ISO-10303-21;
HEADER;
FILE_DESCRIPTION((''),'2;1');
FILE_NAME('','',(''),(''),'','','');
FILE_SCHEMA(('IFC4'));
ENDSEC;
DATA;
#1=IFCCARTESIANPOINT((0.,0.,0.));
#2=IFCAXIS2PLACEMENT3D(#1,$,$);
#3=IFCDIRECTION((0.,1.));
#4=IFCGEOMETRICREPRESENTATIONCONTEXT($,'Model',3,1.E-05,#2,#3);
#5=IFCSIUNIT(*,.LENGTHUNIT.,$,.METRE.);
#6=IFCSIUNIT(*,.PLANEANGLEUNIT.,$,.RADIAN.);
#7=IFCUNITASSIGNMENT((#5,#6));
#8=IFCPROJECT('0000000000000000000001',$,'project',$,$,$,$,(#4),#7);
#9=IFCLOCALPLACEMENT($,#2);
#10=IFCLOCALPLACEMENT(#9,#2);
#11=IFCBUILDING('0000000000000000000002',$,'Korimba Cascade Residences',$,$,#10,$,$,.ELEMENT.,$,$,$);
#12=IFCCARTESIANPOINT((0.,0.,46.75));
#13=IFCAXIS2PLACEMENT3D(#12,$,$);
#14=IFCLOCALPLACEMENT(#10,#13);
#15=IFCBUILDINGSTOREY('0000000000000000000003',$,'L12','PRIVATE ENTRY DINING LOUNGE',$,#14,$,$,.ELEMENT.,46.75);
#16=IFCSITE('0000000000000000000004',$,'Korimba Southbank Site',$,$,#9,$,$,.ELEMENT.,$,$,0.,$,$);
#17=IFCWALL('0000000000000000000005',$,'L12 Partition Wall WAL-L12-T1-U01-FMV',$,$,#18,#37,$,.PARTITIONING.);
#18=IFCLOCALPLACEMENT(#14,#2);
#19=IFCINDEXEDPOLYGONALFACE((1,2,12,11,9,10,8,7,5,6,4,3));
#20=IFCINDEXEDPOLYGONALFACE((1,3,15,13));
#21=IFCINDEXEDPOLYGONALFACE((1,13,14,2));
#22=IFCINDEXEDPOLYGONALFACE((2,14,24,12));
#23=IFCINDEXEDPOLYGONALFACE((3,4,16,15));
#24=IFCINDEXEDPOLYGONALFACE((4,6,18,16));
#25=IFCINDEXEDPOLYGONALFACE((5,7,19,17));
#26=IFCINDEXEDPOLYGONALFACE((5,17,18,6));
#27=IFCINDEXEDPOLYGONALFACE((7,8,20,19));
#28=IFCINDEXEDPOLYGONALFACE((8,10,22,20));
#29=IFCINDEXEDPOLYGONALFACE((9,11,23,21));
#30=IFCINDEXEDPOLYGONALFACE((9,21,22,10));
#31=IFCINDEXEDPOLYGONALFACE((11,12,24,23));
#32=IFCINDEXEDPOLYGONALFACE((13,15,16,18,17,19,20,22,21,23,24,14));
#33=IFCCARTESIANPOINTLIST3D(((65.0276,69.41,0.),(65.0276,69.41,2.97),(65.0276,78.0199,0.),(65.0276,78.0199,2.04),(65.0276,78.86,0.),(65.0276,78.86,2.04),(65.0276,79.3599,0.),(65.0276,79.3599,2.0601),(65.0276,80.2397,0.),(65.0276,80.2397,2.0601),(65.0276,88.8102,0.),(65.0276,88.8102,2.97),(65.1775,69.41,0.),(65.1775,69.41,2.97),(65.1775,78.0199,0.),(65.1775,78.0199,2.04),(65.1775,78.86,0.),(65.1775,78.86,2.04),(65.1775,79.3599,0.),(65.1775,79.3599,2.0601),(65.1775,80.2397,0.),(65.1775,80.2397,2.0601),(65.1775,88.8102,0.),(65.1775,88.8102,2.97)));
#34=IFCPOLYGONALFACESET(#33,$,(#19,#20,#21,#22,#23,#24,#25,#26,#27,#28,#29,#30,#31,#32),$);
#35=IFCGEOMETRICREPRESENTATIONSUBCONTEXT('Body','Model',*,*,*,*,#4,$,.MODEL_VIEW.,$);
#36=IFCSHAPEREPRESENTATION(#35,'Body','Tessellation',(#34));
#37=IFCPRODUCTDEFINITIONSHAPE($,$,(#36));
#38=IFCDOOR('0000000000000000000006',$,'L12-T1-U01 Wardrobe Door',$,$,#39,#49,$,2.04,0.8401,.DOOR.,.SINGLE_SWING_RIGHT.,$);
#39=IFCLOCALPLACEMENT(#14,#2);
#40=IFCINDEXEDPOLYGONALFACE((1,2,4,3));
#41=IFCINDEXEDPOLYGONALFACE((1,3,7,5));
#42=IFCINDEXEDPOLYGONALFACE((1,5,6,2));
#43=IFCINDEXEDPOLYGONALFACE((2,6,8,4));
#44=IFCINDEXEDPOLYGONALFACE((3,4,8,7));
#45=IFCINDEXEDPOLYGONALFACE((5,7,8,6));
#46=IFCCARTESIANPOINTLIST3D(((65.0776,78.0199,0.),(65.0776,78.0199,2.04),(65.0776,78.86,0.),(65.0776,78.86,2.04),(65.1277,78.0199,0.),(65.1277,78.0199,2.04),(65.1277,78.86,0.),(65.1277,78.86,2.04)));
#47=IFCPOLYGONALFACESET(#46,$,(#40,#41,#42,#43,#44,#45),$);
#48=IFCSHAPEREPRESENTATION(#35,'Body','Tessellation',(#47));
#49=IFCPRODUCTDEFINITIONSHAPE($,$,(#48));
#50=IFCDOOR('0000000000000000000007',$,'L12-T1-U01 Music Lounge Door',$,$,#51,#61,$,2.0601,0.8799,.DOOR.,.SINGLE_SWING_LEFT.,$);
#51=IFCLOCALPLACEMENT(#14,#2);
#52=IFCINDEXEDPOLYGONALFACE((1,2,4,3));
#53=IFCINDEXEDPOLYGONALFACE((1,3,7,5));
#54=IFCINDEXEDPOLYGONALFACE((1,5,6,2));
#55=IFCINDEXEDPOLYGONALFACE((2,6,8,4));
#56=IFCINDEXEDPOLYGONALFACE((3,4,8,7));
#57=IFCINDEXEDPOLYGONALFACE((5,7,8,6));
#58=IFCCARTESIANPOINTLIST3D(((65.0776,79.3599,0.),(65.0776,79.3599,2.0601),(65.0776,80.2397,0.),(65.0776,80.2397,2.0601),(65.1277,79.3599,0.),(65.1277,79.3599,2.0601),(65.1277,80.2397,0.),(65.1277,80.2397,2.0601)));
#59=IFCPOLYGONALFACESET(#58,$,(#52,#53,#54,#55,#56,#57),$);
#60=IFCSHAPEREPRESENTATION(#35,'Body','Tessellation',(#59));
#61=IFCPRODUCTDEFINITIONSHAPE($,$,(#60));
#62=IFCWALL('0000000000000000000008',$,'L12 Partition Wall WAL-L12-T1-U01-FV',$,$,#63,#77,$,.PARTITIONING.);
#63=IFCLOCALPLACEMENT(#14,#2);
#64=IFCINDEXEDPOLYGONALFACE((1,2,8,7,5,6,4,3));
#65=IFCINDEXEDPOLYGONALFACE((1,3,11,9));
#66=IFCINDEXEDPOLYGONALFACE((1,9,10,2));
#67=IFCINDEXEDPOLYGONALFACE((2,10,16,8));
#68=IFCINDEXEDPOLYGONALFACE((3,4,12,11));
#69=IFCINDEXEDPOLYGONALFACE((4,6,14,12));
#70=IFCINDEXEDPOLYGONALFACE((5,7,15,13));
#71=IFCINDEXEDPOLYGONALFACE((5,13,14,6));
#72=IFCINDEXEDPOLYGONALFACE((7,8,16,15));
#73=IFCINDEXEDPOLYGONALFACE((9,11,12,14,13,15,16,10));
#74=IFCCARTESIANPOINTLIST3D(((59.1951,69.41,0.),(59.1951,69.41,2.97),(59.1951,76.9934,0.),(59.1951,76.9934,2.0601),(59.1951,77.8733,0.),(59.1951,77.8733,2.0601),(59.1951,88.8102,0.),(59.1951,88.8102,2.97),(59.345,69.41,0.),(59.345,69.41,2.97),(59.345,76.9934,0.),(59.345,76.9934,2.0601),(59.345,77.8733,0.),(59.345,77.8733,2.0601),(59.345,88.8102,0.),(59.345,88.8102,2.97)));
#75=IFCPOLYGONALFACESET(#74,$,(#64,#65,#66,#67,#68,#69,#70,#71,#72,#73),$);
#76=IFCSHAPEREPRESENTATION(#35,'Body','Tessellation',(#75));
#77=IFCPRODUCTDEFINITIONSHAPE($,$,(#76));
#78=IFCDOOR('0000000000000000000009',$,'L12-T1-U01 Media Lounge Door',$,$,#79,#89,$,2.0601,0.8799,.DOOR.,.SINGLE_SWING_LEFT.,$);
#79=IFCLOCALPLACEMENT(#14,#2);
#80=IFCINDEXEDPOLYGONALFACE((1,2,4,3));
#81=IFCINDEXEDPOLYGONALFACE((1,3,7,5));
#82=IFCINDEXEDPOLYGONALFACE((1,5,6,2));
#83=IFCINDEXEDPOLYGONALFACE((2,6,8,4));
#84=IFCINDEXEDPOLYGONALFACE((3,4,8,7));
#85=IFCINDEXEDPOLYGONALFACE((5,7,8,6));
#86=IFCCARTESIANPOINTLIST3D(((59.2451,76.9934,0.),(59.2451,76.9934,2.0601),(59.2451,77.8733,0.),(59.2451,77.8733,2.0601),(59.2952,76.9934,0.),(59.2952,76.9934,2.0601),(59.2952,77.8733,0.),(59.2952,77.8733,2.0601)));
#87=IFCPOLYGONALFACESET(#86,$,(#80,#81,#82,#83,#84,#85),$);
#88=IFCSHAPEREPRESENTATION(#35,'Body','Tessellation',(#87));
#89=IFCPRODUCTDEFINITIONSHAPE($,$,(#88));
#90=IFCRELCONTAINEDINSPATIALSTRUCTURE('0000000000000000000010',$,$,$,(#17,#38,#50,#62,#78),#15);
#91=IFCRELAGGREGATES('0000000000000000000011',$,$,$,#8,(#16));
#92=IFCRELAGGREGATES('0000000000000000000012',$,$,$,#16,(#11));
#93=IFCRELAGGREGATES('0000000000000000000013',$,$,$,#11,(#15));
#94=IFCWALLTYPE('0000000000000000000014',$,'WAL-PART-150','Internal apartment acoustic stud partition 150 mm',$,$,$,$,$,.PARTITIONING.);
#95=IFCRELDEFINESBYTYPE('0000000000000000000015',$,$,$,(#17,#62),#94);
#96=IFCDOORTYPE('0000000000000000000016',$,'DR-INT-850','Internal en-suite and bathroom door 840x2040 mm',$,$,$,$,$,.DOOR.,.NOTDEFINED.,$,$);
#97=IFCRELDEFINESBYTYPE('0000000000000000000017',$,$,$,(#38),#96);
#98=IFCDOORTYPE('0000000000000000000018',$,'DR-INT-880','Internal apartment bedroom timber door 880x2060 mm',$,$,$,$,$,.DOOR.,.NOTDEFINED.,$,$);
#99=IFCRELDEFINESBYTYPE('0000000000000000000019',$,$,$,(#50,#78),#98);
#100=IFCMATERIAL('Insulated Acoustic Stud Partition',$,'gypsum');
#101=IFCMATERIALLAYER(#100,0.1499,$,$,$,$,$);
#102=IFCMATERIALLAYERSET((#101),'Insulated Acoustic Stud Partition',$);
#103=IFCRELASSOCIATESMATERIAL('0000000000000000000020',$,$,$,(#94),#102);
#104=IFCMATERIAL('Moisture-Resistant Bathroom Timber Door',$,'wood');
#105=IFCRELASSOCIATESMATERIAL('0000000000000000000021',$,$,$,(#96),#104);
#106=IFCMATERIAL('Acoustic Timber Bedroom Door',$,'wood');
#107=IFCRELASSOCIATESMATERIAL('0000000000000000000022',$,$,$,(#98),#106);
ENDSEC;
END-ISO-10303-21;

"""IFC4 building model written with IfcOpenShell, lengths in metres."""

from ifc_helpers import new_model, si_unit, direction, frame, frame_2d, origin, place, context, subcontext, project, spatial, rectangle, extrude, material, layer, layer_set, type_object, element, fill, save


model = new_model("IFC4")

# Units and contexts
model_context = context("Model", 3, precision=1e-05, world=origin(), true_north=direction((0.0, 1.0)))
body_context = subcontext(model_context, "Body", "Model", "MODEL_VIEW")
ifc_project = project(units=[si_unit("LENGTHUNIT", "METRE"), si_unit("PLANEANGLEUNIT", "RADIAN")], contexts=[model_context])

# Site, building, storey
site_placement = place(None, origin())
site = spatial("IfcSite", under=ifc_project, at=site_placement, Name="Korimba Southbank Site", CompositionType="ELEMENT", RefElevation=0.0)
building_placement = place(site_placement, origin())
building = spatial("IfcBuilding", under=site, at=building_placement, Name="Korimba Cascade Residences", CompositionType="ELEMENT")
storey_placement = place(building_placement, frame((0.0, 0.0, 46.75)))
storey = spatial("IfcBuildingStorey", under=building, at=storey_placement, Name="L12", Description="PRIVATE ENTRY DINING LOUNGE", CompositionType="ELEMENT", Elevation=46.75)

# Shared definitions
ifc_material_1 = material(Name="Insulated Acoustic Stud Partition", Category="gypsum")
ifc_layer_1 = layer(ifc_material_1, 0.1499)
ifc_layer_set_1 = layer_set([ifc_layer_1], Name="Insulated Acoustic Stud Partition")
wall_type_1 = type_object("IfcWallType", Name="WAL-PART-150", Description="Internal apartment acoustic stud partition 150 mm", PredefinedType="PARTITIONING", material=ifc_layer_set_1)
ifc_material_2 = material(Name="Moisture-Resistant Bathroom Timber Door", Category="wood")
door_type_1 = type_object("IfcDoorType", Name="DR-INT-850", Description="Internal en-suite and bathroom door 840x2040 mm", OperationType="NOTDEFINED", PredefinedType="DOOR", material=ifc_material_2)

# Wall, openings, doors
wall_1_placement = place(storey_placement, frame((65.1025, 69.4099, 0.0), z_axis=(0.0, 0.0, 1.0), x_axis=(0.0, 1.0, 0.0)))
wall_1 = element("IfcWall", 1, at=wall_1_placement, inside=storey, type_object=wall_type_1, Name="L12 Partition Wall WAL-L12-T1-U01-FMV", PredefinedType="PARTITIONING", context=body_context, shape_type="SweptSolid", body=[
    extrude(rectangle(XDim=19.4001, YDim=0.1499, at=frame_2d((9.7002, 0.0))), origin(), (0.0, 0.0, 1.0), 2.97),
])
opening_1_placement = place(wall_1_placement, frame((8.6101, 0.0, 0.0)))
opening_1 = element("IfcOpeningElement", 2, at=opening_1_placement, cuts=wall_1, PredefinedType="OPENING", context=body_context, shape_type="SweptSolid", body=[
    extrude(rectangle(XDim=0.8401, YDim=2.04, at=frame_2d((0.4199, 1.02))), frame((0.0, 0.085, 0.0), z_axis=(0.0, -1.0, 0.0), x_axis=(1.0, 0.0, 0.0)), (0.0, 0.0, 1.0), 0.1699),
])
opening_2_placement = place(wall_1_placement, frame((9.95, 0.0, 0.0)))
opening_2 = element("IfcOpeningElement", 3, at=opening_2_placement, cuts=wall_1, PredefinedType="OPENING", context=body_context, shape_type="SweptSolid", body=[
    extrude(rectangle(XDim=0.8799, YDim=2.0601, at=frame_2d((0.4399, 1.03))), frame((0.0, 0.085, 0.0), z_axis=(0.0, -1.0, 0.0), x_axis=(1.0, 0.0, 0.0)), (0.0, 0.0, 1.0), 0.1699),
])
door_1_placement = place(opening_1_placement, origin())
door_1 = element("IfcDoor", 4, at=door_1_placement, inside=storey, type_object=door_type_1, Name="L12-T1-U01 Wardrobe Door", OperationType="SINGLE_SWING_RIGHT", OverallHeight=2.04, OverallWidth=0.8401, PredefinedType="DOOR", context=body_context, shape_type="SweptSolid", body=[
    extrude(rectangle(XDim=0.8401, YDim=2.04, at=frame_2d((0.4199, 1.02))), frame((0.0, 0.0249, 0.0), z_axis=(0.0, -1.0, 0.0), x_axis=(1.0, 0.0, 0.0)), (0.0, 0.0, 1.0), 0.05),
])
fill(opening_1, door_1)
ifc_material_3 = material(Name="Acoustic Timber Bedroom Door", Category="wood")
door_type_2 = type_object("IfcDoorType", Name="DR-INT-880", Description="Internal apartment bedroom timber door 880x2060 mm", OperationType="NOTDEFINED", PredefinedType="DOOR", material=ifc_material_3)
door_2_placement = place(opening_2_placement, origin())
door_2 = element("IfcDoor", 5, at=door_2_placement, inside=storey, type_object=door_type_2, Name="L12-T1-U01 Music Lounge Door", OperationType="SINGLE_SWING_LEFT", OverallHeight=2.0601, OverallWidth=0.8799, PredefinedType="DOOR", context=body_context, shape_type="SweptSolid", body=[
    extrude(rectangle(XDim=0.8799, YDim=2.0601, at=frame_2d((0.4399, 1.03))), frame((0.0, 0.0249, 0.0), z_axis=(0.0, -1.0, 0.0), x_axis=(1.0, 0.0, 0.0)), (0.0, 0.0, 1.0), 0.05),
])
fill(opening_2, door_2)

# Wall, opening, door
wall_2_placement = place(storey_placement, frame((59.27, 69.4099, 0.0), z_axis=(0.0, 0.0, 1.0), x_axis=(0.0, 1.0, 0.0)))
wall_2 = element("IfcWall", 6, at=wall_2_placement, inside=storey, type_object=wall_type_1, Name="L12 Partition Wall WAL-L12-T1-U01-FV", PredefinedType="PARTITIONING", context=body_context, shape_type="SweptSolid", body=[
    extrude(rectangle(XDim=19.4001, YDim=0.1499, at=frame_2d((9.7002, 0.0))), origin(), (0.0, 0.0, 1.0), 2.97),
])
opening_3_placement = place(wall_2_placement, frame((7.5835, 0.0, 0.0)))
opening_3 = element("IfcOpeningElement", 7, at=opening_3_placement, cuts=wall_2, PredefinedType="OPENING", context=body_context, shape_type="SweptSolid", body=[
    extrude(rectangle(XDim=0.8799, YDim=2.0601, at=frame_2d((0.4399, 1.03))), frame((0.0, 0.085, 0.0), z_axis=(0.0, -1.0, 0.0), x_axis=(1.0, 0.0, 0.0)), (0.0, 0.0, 1.0), 0.1699),
])
door_3_placement = place(opening_3_placement, origin())
door_3 = element("IfcDoor", 8, at=door_3_placement, inside=storey, type_object=door_type_2, Name="L12-T1-U01 Media Lounge Door", OperationType="SINGLE_SWING_LEFT", OverallHeight=2.0601, OverallWidth=0.8799, PredefinedType="DOOR", context=body_context, shape_type="SweptSolid", body=[
    extrude(rectangle(XDim=0.8799, YDim=2.0601, at=frame_2d((0.4399, 1.03))), frame((0.0, 0.0249, 0.0), z_axis=(0.0, -1.0, 0.0), x_axis=(1.0, 0.0, 0.0)), (0.0, 0.0, 1.0), 0.05),
])
fill(opening_3, door_3)

save(model, "model.ifc")
